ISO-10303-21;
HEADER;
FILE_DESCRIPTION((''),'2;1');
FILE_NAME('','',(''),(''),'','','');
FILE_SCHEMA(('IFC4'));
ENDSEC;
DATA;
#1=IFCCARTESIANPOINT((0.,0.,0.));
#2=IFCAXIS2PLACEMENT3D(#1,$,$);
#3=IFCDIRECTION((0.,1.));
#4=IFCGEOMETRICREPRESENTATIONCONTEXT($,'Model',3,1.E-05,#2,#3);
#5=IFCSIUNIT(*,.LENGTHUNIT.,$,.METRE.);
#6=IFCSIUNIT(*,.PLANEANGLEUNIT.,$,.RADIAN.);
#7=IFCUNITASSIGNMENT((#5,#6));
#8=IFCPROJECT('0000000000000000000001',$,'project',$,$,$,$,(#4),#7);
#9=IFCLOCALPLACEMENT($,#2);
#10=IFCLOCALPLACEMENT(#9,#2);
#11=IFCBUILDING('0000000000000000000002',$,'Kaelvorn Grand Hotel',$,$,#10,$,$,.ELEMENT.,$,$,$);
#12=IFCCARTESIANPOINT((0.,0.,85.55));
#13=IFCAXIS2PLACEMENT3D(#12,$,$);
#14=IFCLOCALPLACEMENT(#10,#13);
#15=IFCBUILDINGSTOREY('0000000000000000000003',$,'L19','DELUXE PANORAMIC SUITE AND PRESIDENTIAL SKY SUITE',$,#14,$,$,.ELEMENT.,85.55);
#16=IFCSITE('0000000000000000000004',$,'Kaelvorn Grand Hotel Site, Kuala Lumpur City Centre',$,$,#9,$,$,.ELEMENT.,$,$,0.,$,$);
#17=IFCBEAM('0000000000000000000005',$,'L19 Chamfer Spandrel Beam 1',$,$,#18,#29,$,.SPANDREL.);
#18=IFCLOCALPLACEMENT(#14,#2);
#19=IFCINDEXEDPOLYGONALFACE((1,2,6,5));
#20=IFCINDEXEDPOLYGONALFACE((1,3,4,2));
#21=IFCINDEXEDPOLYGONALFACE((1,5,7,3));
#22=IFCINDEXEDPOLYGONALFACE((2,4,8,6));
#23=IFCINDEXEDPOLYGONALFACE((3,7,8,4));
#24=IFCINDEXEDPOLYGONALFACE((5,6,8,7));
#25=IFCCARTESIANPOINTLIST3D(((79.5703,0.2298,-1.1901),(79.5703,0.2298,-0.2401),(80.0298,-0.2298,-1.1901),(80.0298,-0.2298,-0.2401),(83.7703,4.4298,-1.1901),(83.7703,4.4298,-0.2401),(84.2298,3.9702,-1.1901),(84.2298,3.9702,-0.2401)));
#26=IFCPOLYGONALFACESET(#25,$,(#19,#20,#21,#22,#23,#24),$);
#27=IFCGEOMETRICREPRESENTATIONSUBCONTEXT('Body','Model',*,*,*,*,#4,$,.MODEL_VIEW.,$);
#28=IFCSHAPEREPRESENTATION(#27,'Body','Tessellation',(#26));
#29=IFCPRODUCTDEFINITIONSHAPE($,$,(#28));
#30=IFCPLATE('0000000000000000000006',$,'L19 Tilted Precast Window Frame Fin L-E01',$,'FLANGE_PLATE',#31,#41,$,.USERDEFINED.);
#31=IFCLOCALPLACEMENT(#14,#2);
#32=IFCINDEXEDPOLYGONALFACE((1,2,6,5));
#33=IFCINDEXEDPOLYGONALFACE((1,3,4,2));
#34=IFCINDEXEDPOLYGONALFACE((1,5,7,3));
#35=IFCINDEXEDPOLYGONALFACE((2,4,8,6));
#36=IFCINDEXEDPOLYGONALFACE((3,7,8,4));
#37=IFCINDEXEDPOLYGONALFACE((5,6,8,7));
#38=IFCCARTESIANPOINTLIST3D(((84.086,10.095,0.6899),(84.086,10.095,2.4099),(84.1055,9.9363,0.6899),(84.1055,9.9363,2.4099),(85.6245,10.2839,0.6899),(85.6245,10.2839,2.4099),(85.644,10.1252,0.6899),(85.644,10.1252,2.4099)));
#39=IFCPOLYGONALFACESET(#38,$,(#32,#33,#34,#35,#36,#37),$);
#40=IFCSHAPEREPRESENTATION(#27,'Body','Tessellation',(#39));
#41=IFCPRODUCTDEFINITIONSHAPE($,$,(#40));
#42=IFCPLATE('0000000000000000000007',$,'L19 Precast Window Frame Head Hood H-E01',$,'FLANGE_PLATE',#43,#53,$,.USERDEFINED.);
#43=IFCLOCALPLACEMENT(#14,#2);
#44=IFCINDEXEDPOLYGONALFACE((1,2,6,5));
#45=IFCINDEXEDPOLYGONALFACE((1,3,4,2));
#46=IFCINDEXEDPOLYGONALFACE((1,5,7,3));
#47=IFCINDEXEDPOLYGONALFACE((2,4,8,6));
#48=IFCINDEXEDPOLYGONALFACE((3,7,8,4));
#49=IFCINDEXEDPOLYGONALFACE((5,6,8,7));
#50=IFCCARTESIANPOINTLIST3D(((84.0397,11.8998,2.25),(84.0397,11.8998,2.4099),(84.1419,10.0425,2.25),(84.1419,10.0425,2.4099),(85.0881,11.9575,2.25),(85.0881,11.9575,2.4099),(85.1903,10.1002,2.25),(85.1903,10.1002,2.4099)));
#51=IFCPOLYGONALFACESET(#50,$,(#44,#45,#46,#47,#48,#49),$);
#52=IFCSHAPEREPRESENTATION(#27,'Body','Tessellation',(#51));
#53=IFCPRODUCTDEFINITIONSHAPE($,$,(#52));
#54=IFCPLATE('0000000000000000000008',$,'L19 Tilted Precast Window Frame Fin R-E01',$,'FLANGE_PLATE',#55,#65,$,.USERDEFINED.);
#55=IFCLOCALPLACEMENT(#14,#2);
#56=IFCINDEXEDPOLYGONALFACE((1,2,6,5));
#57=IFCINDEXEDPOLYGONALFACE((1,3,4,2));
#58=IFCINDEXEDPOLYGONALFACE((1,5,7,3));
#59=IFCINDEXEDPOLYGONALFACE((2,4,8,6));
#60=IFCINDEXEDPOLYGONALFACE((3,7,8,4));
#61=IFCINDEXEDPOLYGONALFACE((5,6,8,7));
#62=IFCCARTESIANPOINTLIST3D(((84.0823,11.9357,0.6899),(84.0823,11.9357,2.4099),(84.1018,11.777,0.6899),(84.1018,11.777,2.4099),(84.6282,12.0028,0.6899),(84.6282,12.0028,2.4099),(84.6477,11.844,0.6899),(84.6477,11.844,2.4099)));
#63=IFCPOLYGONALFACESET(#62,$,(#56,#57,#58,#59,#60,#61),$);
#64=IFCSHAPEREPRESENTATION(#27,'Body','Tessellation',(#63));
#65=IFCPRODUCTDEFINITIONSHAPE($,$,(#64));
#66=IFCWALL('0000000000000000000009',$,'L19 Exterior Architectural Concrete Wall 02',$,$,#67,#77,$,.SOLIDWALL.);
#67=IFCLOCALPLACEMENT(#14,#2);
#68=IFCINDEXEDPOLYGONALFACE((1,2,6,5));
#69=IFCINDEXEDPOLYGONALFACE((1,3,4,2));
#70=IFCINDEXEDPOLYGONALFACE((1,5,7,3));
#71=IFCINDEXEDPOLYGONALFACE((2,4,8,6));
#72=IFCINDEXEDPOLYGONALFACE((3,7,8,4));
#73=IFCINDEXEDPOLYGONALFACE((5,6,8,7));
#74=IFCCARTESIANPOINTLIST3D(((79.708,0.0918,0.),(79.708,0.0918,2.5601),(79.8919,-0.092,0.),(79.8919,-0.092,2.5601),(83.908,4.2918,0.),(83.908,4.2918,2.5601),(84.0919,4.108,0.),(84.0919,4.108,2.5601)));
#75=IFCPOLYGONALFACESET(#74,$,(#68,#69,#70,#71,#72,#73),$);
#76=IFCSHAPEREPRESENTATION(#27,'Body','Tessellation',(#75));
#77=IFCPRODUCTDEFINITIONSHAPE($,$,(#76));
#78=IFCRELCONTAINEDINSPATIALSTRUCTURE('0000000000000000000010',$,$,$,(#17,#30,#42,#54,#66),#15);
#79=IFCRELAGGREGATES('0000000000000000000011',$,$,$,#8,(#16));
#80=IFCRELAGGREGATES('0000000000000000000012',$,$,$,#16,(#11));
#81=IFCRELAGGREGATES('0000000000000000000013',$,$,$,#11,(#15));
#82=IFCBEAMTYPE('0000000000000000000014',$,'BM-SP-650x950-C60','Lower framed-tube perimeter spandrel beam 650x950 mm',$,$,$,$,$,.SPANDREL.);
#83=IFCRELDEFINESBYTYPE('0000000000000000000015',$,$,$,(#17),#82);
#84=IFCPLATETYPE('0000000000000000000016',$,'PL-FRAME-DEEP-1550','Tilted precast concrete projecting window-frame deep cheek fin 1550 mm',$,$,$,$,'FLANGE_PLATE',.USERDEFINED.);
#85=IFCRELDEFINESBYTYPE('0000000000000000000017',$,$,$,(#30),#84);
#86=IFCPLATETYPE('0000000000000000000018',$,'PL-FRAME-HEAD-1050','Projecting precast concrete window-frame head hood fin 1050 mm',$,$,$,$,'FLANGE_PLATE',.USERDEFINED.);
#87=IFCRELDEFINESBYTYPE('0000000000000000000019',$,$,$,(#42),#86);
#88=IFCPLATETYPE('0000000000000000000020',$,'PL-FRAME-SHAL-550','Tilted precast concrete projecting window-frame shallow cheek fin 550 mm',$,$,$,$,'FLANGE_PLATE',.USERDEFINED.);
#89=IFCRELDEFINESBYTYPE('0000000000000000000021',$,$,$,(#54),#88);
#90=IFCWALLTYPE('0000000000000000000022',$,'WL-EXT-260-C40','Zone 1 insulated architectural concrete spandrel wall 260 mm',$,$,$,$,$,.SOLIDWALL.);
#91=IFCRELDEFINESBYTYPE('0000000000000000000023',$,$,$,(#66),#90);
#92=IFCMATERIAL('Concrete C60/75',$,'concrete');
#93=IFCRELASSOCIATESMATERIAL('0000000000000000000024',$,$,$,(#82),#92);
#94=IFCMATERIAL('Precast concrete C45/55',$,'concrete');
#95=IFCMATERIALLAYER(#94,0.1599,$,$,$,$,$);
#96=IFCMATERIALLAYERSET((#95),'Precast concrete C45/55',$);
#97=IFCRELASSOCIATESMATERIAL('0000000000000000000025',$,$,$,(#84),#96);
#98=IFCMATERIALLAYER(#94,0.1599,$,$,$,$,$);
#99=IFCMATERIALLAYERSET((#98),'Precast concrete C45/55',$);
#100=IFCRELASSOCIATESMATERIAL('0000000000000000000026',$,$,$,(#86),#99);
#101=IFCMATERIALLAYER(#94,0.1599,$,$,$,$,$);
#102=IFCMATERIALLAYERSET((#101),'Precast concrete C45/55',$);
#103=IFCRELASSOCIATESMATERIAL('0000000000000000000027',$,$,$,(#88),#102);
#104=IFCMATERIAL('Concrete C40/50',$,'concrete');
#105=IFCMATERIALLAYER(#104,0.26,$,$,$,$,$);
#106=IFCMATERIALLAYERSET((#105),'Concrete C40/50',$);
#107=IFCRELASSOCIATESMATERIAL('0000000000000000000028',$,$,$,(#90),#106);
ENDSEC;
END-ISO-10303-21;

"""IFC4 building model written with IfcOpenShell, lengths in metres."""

from ifc_helpers import new_model, si_unit, direction, frame, frame_2d, origin, origin_2d, place, context, subcontext, project, spatial, rectangle, extrude, material, layer, layer_set, material_profile, profile_set, type_object, element, save


model = new_model("IFC4")

# Units and contexts
model_context = context("Model", 3, precision=1e-05, world=origin(), true_north=direction((0.0, 1.0)))
body_context = subcontext(model_context, "Body", "Model", "MODEL_VIEW")
ifc_project = project(units=[si_unit("LENGTHUNIT", "METRE"), si_unit("PLANEANGLEUNIT", "RADIAN")], contexts=[model_context])

# Site, building, storey
site_placement = place(None, origin())
site = spatial("IfcSite", under=ifc_project, at=site_placement, Name="Kaelvorn Grand Hotel Site, Kuala Lumpur City Centre", CompositionType="ELEMENT", RefElevation=0.0)
building_placement = place(site_placement, origin())
building = spatial("IfcBuilding", under=site, at=building_placement, Name="Kaelvorn Grand Hotel", CompositionType="ELEMENT")
storey_placement = place(building_placement, frame((0.0, 0.0, 85.55)))
storey = spatial("IfcBuildingStorey", under=building, at=storey_placement, Name="L19", Description="DELUXE PANORAMIC SUITE AND PRESIDENTIAL SKY SUITE", CompositionType="ELEMENT", Elevation=85.55)

# Shared definitions
ifc_material_1 = material(Name="Concrete C60/75", Category="concrete")

# Beam
ifc_material_2 = material(Name="Concrete C40/50", Category="concrete")
ifc_material_profile_1 = material_profile(ifc_material_1, rectangle(XDim=0.6499, YDim=0.95, at=origin_2d()), Name="RC SPANDREL 650x950")
ifc_profile_set_1 = profile_set([ifc_material_profile_1], Name="Concrete C60/75")
beam_type_1 = type_object("IfcBeamType", Name="BM-SP-650x950-C60", Description="Lower framed-tube perimeter spandrel beam 650x950 mm", PredefinedType="SPANDREL", material=ifc_profile_set_1)
beam_1_placement = place(storey_placement, frame((79.8, 0.0, -0.7151), z_axis=(0.707107, 0.707107, 0.0), x_axis=(-0.707107, 0.707107, 0.0)))
element("IfcBeam", 1, at=beam_1_placement, inside=storey, type_object=beam_type_1, Name="L19 Chamfer Spandrel Beam 1", PredefinedType="SPANDREL", context=body_context, shape_type="SweptSolid", body=[
    extrude(rectangle(XDim=0.6499, YDim=0.95, at=origin_2d()), origin(), (0.0, 0.0, 1.0), 5.9397),
])

# Plates
ifc_material_3 = material(Name="Precast concrete C45/55", Category="concrete")
ifc_layer_1 = layer(ifc_material_3, 0.1599)
ifc_layer_set_1 = layer_set([ifc_layer_1], Name="Precast concrete C45/55")
plate_type_1 = type_object("IfcPlateType", Name="PL-FRAME-DEEP-1550", Description="Tilted precast concrete projecting window-frame deep cheek fin 1550 mm", ElementType="FLANGE_PLATE", PredefinedType="USERDEFINED", material=ifc_layer_set_1)
plate_1_placement = place(storey_placement, frame((84.865, 10.1101, 0.6899), z_axis=(0.0, 0.0, 1.0), x_axis=(-0.121869, 0.992546, 0.0)))
element("IfcPlate", 2, at=plate_1_placement, inside=storey, type_object=plate_type_1, Name="L19 Tilted Precast Window Frame Fin L-E01", ObjectType="FLANGE_PLATE", PredefinedType="USERDEFINED", context=body_context, shape_type="SweptSolid", body=[
    extrude(rectangle(XDim=0.1599, YDim=1.55, at=origin_2d()), origin(), (0.0, 0.0, 1.0), 1.72),
])
ifc_layer_2 = layer(ifc_material_3, 0.1599)
ifc_layer_set_2 = layer_set([ifc_layer_2], Name="Precast concrete C45/55")
plate_type_2 = type_object("IfcPlateType", Name="PL-FRAME-HEAD-1050", Description="Projecting precast concrete window-frame head hood fin 1050 mm", ElementType="FLANGE_PLATE", PredefinedType="USERDEFINED", material=ifc_layer_set_2)
plate_2_placement = place(storey_placement, frame((84.615, 11.0, 2.25), z_axis=(0.0, 0.0, 1.0), x_axis=(-0.05495, 0.998489, 0.0)))
element("IfcPlate", 3, at=plate_2_placement, inside=storey, type_object=plate_type_2, Name="L19 Precast Window Frame Head Hood H-E01", ObjectType="FLANGE_PLATE", PredefinedType="USERDEFINED", context=body_context, shape_type="SweptSolid", body=[
    extrude(rectangle(XDim=1.8601, YDim=1.05, at=origin_2d()), origin(), (0.0, 0.0, 1.0), 0.1599),
])
ifc_layer_3 = layer(ifc_material_3, 0.1599)
ifc_layer_set_3 = layer_set([ifc_layer_3], Name="Precast concrete C45/55")
plate_type_3 = type_object("IfcPlateType", Name="PL-FRAME-SHAL-550", Description="Tilted precast concrete projecting window-frame shallow cheek fin 550 mm", ElementType="FLANGE_PLATE", PredefinedType="USERDEFINED", material=ifc_layer_set_3)
plate_3_placement = place(storey_placement, frame((84.365, 11.8899, 0.6899), z_axis=(0.0, 0.0, 1.0), x_axis=(-0.121869, 0.992546, 0.0)))
element("IfcPlate", 4, at=plate_3_placement, inside=storey, type_object=plate_type_3, Name="L19 Tilted Precast Window Frame Fin R-E01", ObjectType="FLANGE_PLATE", PredefinedType="USERDEFINED", context=body_context, shape_type="SweptSolid", body=[
    extrude(rectangle(XDim=0.1599, YDim=0.55, at=origin_2d()), origin(), (0.0, 0.0, 1.0), 1.72),
])

# Wall
ifc_layer_4 = layer(ifc_material_2, 0.26)
ifc_layer_set_4 = layer_set([ifc_layer_4], Name="Concrete C40/50")
wall_type_1 = type_object("IfcWallType", Name="WL-EXT-260-C40", Description="Zone 1 insulated architectural concrete spandrel wall 260 mm", PredefinedType="SOLIDWALL", material=ifc_layer_set_4)
wall_1_placement = place(storey_placement, frame((79.8, 0.0, 0.0), z_axis=(0.0, 0.0, 1.0), x_axis=(0.707107, 0.707107, 0.0)))
element("IfcWall", 5, at=wall_1_placement, inside=storey, type_object=wall_type_1, Name="L19 Exterior Architectural Concrete Wall 02", PredefinedType="SOLIDWALL", context=body_context, shape_type="SweptSolid", body=[
    extrude(rectangle(XDim=5.9397, YDim=0.26, at=frame_2d((2.9697, 0.0))), origin(), (0.0, 0.0, 1.0), 2.5601),
])

save(model, "model.ifc")
